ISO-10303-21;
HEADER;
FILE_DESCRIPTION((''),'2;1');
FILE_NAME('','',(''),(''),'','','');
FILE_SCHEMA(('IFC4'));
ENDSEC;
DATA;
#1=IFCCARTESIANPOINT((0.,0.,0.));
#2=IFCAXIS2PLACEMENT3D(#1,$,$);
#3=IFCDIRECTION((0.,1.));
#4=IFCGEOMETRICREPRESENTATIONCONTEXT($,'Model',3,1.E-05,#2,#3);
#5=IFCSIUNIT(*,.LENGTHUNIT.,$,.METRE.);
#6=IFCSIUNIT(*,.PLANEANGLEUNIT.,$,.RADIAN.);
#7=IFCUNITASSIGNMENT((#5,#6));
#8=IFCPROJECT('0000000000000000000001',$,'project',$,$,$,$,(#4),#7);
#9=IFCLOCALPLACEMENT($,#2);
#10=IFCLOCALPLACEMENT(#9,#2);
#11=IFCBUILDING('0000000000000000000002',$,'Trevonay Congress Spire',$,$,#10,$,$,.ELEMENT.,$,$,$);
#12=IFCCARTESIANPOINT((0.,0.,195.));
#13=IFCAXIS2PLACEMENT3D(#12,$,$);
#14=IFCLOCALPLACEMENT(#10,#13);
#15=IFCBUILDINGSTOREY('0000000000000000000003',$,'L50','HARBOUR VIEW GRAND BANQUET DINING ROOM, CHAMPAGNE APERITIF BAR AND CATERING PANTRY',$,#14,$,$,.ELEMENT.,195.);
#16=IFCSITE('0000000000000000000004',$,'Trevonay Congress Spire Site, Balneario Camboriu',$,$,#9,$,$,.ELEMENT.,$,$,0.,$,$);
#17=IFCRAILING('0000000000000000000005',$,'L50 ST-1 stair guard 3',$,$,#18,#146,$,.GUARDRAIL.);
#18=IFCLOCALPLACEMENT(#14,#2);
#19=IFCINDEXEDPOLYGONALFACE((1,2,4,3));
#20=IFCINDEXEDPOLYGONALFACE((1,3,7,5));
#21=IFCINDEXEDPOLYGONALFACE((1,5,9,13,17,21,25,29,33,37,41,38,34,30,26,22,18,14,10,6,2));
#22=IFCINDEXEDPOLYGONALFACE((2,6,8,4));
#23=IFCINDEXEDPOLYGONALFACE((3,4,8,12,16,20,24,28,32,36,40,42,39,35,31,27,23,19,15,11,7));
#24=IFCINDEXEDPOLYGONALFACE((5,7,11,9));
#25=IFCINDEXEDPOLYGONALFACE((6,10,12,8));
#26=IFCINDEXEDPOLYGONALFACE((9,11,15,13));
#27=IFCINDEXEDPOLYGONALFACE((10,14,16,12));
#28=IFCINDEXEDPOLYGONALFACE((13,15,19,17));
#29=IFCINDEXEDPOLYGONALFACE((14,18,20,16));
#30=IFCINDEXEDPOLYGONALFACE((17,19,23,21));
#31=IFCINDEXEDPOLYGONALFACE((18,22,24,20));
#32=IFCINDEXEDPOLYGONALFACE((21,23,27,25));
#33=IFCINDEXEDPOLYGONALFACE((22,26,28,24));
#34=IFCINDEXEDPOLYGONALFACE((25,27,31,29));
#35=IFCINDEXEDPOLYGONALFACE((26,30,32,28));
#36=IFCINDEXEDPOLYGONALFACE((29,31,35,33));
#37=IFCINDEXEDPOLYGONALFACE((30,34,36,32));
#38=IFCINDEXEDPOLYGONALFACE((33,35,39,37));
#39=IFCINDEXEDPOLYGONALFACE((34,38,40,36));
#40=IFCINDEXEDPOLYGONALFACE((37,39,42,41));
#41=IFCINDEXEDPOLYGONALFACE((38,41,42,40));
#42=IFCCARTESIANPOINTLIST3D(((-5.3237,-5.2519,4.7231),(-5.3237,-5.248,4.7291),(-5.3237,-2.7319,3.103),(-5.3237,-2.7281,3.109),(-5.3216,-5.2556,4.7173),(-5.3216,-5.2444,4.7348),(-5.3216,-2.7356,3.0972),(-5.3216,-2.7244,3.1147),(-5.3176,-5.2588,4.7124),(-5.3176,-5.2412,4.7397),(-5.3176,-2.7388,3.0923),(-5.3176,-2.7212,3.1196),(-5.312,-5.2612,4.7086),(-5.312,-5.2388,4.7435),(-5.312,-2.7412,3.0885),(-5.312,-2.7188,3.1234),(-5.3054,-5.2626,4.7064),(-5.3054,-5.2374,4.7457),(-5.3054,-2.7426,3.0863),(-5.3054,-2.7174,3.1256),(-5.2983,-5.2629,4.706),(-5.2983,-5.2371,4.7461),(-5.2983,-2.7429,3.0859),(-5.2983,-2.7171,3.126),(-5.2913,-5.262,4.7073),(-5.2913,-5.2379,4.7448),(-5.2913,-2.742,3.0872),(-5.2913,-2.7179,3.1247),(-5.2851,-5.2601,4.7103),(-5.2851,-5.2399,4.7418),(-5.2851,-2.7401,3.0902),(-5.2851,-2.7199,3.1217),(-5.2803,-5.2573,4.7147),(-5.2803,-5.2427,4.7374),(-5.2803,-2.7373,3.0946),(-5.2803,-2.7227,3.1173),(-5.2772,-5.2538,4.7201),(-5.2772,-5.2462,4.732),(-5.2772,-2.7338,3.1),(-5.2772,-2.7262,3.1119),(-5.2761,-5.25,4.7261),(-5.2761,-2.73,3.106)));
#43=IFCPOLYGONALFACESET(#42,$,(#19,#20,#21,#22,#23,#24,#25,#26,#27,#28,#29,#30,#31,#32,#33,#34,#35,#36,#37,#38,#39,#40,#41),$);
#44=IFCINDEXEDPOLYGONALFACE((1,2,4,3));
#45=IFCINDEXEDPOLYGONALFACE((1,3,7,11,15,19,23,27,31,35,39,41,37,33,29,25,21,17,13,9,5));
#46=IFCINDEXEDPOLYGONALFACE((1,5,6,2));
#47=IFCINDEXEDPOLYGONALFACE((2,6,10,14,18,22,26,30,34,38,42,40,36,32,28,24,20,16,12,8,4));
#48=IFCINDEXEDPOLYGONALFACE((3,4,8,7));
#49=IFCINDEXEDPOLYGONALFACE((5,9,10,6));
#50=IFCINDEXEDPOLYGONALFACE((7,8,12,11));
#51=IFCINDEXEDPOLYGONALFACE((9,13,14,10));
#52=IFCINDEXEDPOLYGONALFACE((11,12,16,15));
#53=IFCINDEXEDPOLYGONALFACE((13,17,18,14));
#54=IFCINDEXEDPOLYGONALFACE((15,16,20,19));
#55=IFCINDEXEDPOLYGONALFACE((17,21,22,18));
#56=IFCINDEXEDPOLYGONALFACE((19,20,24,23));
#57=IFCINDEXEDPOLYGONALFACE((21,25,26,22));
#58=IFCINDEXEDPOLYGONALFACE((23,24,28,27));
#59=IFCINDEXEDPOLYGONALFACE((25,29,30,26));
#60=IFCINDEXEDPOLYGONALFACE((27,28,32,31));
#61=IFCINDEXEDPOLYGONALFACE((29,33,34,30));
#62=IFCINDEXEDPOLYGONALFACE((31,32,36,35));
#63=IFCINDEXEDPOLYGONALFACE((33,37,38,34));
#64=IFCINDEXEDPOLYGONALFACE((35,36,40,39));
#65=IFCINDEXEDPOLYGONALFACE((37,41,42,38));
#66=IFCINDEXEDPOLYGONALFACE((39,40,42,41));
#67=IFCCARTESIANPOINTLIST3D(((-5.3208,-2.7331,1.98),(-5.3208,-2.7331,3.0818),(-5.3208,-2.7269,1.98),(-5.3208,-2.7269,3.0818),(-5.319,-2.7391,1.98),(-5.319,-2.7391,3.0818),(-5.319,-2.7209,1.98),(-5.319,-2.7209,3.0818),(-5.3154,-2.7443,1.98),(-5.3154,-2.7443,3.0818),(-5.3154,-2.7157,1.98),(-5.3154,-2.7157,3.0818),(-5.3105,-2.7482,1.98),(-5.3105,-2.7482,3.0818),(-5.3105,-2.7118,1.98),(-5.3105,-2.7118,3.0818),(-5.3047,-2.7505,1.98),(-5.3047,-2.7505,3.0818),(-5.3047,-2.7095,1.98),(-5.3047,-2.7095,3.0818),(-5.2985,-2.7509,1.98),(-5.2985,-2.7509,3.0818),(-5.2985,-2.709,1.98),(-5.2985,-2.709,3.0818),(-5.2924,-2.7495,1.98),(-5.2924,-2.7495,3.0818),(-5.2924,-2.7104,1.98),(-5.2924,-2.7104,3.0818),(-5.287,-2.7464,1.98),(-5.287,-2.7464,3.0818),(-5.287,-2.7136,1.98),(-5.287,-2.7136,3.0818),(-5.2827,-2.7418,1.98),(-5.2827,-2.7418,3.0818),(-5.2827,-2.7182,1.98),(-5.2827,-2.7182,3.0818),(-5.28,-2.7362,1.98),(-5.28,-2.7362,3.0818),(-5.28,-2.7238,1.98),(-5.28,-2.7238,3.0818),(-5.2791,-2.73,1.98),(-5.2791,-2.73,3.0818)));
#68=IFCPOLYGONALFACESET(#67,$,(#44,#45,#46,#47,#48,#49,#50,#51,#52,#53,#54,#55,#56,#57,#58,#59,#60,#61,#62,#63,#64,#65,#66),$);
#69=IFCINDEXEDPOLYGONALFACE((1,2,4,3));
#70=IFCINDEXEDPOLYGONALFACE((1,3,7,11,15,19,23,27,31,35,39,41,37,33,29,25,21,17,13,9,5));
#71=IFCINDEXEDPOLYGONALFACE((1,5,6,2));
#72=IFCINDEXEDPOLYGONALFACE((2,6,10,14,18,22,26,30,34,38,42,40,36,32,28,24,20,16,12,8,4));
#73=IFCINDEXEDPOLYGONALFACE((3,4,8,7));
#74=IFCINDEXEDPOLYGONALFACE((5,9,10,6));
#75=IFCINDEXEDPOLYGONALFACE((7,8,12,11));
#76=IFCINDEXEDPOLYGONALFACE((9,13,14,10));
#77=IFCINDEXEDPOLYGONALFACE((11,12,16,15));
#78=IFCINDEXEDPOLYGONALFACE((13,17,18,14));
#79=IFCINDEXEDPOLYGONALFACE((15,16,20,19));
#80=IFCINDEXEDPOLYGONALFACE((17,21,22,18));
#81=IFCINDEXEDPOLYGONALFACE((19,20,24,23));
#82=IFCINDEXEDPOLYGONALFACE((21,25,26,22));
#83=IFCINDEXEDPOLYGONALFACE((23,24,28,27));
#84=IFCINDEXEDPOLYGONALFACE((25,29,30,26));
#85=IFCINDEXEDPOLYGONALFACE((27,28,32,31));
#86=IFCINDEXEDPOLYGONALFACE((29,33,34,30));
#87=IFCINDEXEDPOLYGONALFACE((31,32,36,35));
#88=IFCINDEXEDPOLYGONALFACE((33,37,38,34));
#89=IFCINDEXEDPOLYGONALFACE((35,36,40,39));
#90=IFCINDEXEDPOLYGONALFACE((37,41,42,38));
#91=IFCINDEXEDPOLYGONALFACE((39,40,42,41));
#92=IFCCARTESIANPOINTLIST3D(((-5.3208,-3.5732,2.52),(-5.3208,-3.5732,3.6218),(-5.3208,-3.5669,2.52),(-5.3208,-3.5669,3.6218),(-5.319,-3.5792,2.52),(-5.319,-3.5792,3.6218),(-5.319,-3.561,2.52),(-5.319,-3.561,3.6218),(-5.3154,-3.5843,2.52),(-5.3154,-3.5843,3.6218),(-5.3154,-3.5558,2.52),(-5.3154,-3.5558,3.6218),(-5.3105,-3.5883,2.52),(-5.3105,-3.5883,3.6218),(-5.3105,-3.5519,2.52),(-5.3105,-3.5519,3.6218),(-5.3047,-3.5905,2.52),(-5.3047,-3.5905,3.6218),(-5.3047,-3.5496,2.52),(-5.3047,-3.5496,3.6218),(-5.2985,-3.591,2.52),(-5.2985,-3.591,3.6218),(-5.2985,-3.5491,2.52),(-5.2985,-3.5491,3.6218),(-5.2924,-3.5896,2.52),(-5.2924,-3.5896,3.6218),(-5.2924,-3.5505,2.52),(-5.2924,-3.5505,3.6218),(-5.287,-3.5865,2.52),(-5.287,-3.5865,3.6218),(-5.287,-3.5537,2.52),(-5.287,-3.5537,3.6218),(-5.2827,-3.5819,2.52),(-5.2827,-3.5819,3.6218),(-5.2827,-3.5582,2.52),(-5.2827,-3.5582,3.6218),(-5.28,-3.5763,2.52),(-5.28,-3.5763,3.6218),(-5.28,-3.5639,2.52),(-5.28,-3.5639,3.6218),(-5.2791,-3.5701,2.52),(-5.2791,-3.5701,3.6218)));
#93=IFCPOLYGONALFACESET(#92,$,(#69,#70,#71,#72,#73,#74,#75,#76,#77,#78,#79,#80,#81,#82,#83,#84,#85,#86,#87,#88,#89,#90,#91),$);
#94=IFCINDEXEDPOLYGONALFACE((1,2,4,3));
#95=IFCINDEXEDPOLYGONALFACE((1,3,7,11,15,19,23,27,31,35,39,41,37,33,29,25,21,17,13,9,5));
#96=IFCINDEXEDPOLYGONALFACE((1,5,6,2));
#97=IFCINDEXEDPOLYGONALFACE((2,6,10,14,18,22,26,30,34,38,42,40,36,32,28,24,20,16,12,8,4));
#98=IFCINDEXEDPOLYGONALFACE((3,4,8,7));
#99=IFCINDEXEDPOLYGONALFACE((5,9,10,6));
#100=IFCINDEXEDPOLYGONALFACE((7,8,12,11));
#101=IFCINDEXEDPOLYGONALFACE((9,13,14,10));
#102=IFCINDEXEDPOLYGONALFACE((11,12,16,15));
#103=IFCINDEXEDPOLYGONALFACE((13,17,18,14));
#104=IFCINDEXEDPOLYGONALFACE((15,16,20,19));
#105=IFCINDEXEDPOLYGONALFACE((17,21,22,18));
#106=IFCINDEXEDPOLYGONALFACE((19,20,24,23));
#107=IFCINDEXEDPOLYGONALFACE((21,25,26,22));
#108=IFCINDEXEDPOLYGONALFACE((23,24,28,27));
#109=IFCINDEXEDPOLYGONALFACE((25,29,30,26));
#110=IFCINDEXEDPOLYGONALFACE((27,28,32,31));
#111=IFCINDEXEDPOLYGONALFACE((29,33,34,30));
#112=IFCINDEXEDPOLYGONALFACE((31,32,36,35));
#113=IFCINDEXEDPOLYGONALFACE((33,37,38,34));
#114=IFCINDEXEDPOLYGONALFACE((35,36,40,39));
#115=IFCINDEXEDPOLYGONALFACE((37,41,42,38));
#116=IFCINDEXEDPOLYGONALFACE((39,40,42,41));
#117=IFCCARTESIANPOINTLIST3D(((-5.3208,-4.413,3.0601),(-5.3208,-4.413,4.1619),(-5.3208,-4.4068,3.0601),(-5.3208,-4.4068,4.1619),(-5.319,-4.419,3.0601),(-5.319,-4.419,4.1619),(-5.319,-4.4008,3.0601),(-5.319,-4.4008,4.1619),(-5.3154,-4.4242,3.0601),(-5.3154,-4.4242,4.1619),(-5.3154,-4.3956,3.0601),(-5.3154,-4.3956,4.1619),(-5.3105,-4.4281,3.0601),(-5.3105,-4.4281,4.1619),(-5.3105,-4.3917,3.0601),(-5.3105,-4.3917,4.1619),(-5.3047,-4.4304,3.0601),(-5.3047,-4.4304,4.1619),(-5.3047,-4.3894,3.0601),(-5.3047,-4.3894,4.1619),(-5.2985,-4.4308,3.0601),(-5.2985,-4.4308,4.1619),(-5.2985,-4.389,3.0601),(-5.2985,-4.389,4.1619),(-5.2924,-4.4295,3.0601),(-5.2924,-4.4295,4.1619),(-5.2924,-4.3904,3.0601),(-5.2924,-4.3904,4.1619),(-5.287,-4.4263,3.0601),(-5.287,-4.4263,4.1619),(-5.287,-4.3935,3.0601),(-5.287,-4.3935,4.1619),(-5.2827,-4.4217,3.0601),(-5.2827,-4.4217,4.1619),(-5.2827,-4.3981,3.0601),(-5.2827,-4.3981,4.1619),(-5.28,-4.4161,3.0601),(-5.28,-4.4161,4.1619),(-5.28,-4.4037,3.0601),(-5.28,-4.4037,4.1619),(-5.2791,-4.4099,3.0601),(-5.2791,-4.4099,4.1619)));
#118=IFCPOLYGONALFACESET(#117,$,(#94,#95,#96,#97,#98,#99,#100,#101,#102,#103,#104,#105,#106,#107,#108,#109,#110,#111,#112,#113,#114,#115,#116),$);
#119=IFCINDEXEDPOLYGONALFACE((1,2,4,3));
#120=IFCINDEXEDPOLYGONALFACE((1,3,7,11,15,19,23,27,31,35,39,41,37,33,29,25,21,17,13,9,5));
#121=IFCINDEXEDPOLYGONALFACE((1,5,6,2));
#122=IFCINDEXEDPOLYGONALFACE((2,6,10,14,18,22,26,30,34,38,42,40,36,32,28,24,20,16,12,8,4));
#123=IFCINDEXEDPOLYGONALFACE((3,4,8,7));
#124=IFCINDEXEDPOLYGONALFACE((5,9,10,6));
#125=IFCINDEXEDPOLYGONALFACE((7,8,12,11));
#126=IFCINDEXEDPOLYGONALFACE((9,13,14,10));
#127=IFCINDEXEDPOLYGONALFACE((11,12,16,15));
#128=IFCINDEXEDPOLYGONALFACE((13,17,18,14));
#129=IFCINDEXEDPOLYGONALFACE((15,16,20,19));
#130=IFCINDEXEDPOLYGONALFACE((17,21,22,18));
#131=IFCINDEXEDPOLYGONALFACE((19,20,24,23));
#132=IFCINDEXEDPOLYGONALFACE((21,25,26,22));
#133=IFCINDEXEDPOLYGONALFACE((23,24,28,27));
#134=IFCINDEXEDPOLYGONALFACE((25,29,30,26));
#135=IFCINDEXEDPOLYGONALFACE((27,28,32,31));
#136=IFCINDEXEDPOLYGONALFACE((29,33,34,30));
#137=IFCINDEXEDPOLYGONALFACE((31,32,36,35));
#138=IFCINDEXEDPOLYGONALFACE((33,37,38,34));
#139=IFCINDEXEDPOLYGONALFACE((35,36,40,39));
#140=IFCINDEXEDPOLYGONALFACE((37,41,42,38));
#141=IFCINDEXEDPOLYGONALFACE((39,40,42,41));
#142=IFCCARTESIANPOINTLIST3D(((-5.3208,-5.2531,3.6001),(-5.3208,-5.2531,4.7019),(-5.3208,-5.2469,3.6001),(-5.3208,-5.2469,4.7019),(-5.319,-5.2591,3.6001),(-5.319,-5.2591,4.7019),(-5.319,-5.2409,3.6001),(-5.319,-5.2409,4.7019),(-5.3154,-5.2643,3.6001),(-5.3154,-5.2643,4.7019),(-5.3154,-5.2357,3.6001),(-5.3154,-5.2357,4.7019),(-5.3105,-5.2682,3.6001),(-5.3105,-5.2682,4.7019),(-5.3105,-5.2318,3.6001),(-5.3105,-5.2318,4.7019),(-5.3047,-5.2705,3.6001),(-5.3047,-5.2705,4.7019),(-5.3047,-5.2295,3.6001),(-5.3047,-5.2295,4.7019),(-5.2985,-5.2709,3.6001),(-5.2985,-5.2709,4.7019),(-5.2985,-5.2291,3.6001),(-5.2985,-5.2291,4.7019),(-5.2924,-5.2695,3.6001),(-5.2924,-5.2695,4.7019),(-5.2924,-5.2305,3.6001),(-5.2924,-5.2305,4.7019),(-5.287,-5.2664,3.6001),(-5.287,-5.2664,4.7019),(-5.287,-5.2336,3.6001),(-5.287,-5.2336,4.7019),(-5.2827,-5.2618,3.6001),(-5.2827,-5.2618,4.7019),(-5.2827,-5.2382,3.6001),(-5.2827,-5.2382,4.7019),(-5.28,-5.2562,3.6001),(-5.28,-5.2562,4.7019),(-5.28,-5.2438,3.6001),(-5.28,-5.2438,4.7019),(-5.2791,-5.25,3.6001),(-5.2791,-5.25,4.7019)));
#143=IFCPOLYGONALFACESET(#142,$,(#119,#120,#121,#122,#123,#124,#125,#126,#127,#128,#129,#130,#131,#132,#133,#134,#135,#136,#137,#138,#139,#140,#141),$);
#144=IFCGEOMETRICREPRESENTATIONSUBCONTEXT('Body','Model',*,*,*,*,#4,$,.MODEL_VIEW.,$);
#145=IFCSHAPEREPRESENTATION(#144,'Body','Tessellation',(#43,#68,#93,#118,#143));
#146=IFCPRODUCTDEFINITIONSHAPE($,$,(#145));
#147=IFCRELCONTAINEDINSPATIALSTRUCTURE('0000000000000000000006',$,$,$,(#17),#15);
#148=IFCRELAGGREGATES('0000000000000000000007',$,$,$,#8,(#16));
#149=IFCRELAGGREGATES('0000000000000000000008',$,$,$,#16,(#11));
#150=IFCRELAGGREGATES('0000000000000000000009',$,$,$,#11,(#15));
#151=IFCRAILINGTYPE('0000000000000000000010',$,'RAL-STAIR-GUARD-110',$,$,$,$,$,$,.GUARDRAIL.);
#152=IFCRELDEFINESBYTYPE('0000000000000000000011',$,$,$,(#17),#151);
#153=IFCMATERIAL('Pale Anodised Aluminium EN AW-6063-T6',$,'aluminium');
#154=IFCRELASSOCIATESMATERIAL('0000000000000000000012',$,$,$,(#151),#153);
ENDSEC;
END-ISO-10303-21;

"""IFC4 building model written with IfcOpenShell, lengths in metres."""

from ifc_helpers import new_model, si_unit, direction, frame, origin, origin_2d, place, context, subcontext, project, spatial, circle, extrude, material, type_object, element, save


model = new_model("IFC4")

# Units and contexts
model_context = context("Model", 3, precision=1e-05, world=origin(), true_north=direction((0.0, 1.0)))
body_context = subcontext(model_context, "Body", "Model", "MODEL_VIEW")
ifc_project = project(units=[si_unit("LENGTHUNIT", "METRE"), si_unit("PLANEANGLEUNIT", "RADIAN")], contexts=[model_context])

# Site, building, storey
site_placement = place(None, origin())
site = spatial("IfcSite", under=ifc_project, at=site_placement, Name="Trevonay Congress Spire Site, Balneario Camboriu", CompositionType="ELEMENT", RefElevation=0.0)
building_placement = place(site_placement, origin())
building = spatial("IfcBuilding", under=site, at=building_placement, Name="Trevonay Congress Spire", CompositionType="ELEMENT")
storey_placement = place(building_placement, frame((0.0, 0.0, 195.0)))
storey = spatial("IfcBuildingStorey", under=building, at=storey_placement, Name="L50", Description="HARBOUR VIEW GRAND BANQUET DINING ROOM, CHAMPAGNE APERITIF BAR AND CATERING PANTRY", CompositionType="ELEMENT", Elevation=195.0)

# Shared definitions
ifc_material_1 = material(Name="Pale Anodised Aluminium EN AW-6063-T6", Category="aluminium")

# Railing
railing_type_1 = type_object("IfcRailingType", Name="RAL-STAIR-GUARD-110", PredefinedType="GUARDRAIL", material=ifc_material_1)
railing_1_placement = place(storey_placement, frame((-5.3, -2.73, 1.98)))
element("IfcRailing", 1, at=railing_1_placement, inside=storey, type_object=railing_type_1, Name="L50 ST-1 stair guard 3", PredefinedType="GUARDRAIL", context=body_context, shape_type="SweptSolid", body=[
    extrude(circle(Radius=0.0239, at=origin_2d()), frame((0.0, 0.0, 1.126), z_axis=(0.0, -0.841163, 0.540782), x_axis=(1.0, 0.0, 0.0)), (0.0, 0.0, 1.0), 2.9958),
    extrude(circle(Radius=0.021, at=origin_2d()), origin(), (0.0, 0.0, 1.0), 1.1018),
    extrude(circle(Radius=0.021, at=origin_2d()), frame((0.0, -0.8401, 0.54)), (0.0, 0.0, 1.0), 1.1018),
    extrude(circle(Radius=0.021, at=origin_2d()), frame((0.0, -1.6799, 1.0801)), (0.0, 0.0, 1.0), 1.1018),
    extrude(circle(Radius=0.021, at=origin_2d()), frame((0.0, -2.52, 1.6201)), (0.0, 0.0, 1.0), 1.1018),
])

save(model, "model.ifc")
